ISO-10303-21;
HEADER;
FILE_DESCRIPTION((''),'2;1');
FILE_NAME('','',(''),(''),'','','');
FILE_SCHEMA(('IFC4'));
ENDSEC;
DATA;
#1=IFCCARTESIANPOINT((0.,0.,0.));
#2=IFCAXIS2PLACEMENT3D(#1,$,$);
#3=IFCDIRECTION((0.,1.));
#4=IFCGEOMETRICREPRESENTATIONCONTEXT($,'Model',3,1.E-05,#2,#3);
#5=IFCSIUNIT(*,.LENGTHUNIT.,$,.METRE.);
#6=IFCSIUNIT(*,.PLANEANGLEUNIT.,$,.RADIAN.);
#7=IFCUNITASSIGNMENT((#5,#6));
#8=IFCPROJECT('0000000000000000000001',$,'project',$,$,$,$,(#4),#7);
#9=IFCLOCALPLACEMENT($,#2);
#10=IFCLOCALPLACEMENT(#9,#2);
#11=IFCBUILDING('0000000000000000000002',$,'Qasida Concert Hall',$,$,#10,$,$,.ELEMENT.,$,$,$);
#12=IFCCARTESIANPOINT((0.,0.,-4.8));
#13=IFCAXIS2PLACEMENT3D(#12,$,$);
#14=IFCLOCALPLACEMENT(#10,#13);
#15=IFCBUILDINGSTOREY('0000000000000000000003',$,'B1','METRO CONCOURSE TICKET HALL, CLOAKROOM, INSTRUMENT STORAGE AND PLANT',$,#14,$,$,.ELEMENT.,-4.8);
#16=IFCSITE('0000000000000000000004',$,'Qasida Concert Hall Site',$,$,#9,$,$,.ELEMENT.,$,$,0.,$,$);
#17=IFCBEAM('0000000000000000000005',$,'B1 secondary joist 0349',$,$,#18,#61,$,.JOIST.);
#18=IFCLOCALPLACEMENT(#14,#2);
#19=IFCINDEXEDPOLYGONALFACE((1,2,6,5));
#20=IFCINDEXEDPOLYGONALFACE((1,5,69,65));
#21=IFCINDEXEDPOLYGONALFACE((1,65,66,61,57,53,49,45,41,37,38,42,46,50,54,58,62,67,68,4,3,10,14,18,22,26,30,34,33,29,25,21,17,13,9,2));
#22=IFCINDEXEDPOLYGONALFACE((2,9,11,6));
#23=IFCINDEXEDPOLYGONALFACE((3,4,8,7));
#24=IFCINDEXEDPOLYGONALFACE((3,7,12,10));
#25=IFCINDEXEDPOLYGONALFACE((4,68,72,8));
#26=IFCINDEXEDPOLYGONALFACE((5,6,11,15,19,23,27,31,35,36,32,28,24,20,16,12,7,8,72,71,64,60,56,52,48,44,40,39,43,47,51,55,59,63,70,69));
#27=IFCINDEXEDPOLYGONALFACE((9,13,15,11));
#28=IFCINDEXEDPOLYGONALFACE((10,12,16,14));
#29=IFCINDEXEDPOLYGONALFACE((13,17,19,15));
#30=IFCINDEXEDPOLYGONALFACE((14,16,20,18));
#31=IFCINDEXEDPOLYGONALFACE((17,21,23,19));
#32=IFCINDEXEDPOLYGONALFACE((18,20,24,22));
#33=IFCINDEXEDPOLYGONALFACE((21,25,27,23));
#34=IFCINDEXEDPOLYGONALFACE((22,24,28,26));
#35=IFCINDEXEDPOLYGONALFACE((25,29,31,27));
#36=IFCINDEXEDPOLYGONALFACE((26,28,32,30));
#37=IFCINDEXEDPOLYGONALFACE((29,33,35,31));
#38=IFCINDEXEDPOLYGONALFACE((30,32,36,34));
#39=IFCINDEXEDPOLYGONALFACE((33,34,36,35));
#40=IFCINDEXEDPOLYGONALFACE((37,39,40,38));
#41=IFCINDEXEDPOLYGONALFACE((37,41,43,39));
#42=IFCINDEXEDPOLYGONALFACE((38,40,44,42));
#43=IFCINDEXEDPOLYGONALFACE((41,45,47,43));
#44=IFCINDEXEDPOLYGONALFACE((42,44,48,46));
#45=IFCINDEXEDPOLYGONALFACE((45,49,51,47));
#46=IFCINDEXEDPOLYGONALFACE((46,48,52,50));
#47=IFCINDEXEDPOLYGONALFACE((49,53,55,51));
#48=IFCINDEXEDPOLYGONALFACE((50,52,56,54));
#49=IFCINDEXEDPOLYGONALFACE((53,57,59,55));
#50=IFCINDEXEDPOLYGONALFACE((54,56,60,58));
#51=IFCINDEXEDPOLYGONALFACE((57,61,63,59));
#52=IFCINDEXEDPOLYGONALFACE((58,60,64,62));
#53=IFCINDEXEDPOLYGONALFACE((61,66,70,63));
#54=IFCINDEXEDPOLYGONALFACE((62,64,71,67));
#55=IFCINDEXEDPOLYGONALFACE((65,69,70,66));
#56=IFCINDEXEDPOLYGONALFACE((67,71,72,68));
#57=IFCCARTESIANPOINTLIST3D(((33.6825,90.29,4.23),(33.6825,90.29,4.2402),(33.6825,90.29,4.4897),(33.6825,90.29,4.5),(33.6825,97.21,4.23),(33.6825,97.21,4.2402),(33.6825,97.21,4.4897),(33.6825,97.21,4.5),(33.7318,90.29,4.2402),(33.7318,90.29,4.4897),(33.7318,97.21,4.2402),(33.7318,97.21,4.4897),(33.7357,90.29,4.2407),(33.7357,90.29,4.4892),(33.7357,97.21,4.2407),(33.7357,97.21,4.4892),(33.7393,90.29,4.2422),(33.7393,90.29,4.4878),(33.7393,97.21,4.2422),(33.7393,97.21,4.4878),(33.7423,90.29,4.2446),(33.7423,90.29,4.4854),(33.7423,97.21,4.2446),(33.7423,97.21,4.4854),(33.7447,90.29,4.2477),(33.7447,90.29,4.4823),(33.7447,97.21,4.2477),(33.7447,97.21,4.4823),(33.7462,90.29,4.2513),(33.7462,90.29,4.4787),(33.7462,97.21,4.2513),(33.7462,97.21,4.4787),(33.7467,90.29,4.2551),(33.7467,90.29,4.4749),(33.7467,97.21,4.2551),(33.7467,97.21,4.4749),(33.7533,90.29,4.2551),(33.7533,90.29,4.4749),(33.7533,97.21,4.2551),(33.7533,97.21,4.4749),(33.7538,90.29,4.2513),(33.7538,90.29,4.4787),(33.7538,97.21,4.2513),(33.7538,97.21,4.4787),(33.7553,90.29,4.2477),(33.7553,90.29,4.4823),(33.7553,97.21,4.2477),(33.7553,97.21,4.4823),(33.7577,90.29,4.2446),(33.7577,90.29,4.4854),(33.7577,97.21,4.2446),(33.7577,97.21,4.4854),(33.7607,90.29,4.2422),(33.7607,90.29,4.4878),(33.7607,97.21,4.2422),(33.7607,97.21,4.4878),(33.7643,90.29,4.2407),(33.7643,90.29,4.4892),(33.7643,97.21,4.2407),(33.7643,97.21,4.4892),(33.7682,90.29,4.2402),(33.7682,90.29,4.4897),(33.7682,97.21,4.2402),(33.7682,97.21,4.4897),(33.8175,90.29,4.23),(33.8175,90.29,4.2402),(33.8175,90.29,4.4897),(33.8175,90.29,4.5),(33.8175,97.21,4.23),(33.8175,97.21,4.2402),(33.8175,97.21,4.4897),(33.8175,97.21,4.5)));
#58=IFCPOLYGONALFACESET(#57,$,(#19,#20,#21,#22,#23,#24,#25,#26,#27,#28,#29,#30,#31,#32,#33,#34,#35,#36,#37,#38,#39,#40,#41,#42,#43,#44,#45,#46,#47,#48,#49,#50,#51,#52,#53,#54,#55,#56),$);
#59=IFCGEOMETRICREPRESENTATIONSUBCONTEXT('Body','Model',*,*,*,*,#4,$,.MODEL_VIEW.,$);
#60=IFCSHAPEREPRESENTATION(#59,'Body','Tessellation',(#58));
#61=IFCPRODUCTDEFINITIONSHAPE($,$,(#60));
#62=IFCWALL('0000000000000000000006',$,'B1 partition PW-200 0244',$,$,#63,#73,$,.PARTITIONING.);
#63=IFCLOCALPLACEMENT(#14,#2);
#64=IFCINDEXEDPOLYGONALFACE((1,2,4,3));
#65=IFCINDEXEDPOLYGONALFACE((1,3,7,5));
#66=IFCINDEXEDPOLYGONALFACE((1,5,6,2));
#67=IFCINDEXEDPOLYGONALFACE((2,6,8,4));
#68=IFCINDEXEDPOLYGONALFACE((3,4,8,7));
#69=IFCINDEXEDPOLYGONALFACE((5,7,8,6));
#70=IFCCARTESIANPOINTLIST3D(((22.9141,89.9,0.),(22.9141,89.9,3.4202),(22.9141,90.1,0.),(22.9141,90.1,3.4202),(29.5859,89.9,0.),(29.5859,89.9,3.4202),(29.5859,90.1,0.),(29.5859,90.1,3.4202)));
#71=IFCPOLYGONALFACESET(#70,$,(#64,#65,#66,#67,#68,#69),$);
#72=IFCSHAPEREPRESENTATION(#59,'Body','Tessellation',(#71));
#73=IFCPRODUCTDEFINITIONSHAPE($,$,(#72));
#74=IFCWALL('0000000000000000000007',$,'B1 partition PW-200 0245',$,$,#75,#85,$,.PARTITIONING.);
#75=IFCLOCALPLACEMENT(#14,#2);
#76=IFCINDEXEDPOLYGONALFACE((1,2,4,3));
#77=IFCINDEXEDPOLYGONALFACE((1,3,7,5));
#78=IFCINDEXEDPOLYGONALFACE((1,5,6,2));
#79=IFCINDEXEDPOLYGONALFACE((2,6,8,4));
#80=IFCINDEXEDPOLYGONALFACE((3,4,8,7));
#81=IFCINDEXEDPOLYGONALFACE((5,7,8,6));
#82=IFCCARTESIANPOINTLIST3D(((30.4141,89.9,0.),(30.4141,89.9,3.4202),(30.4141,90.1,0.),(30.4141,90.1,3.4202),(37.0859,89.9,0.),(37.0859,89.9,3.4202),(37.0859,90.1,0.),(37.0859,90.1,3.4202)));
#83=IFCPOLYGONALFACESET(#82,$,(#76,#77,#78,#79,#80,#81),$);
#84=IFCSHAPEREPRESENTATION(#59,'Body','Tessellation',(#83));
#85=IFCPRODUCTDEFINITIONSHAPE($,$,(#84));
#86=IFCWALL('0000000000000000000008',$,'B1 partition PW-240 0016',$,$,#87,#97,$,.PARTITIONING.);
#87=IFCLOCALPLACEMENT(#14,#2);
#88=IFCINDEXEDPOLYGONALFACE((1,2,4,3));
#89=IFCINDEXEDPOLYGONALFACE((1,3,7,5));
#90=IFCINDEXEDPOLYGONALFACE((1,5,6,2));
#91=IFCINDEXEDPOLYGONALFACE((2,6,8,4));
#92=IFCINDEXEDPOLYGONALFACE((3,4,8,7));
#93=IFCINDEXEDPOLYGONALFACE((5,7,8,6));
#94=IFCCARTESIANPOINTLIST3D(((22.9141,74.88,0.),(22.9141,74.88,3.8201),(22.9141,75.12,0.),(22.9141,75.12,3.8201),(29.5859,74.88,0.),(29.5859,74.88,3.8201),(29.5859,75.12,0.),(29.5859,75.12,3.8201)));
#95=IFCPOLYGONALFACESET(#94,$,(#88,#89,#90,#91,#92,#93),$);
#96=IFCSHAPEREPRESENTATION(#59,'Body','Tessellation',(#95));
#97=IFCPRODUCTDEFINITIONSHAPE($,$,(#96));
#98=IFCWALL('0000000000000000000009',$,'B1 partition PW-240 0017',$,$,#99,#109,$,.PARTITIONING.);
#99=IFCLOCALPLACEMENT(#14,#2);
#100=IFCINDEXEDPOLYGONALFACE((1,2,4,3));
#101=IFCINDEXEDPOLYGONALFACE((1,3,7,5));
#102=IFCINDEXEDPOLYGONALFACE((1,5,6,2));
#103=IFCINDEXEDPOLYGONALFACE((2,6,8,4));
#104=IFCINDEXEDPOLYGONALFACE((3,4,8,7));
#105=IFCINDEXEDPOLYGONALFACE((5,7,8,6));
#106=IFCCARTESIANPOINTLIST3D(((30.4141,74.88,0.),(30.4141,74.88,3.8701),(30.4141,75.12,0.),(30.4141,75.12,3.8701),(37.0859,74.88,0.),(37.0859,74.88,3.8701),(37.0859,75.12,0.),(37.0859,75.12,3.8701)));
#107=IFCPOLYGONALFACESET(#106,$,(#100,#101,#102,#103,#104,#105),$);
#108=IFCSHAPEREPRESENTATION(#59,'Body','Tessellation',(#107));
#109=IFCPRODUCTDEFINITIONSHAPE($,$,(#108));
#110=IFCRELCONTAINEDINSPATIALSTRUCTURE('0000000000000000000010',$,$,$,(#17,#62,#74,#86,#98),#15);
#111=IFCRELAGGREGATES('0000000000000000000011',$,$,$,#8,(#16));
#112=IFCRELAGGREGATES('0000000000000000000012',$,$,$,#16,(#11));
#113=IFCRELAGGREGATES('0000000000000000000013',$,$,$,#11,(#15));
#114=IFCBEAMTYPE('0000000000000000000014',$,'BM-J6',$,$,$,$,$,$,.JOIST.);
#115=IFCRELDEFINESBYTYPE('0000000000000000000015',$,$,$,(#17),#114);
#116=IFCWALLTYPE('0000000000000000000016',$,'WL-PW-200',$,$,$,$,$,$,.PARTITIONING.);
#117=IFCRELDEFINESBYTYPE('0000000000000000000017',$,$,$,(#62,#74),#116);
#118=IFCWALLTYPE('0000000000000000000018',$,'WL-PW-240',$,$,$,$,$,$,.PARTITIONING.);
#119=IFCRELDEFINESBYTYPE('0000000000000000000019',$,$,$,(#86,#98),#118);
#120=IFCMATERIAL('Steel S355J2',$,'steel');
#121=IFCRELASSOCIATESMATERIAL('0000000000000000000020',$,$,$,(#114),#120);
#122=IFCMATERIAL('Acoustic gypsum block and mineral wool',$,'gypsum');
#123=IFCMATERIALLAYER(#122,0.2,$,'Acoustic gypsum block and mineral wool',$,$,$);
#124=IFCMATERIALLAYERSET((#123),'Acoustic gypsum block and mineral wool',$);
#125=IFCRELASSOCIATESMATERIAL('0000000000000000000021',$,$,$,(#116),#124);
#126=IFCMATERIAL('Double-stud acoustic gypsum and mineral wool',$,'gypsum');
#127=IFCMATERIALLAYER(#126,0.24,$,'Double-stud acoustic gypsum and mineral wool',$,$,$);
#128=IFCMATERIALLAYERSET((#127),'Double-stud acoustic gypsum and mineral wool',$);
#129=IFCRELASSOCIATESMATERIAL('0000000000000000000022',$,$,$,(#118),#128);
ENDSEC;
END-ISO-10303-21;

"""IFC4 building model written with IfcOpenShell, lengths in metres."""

from ifc_helpers import new_model, si_unit, direction, frame, frame_2d, origin, origin_2d, place, context, subcontext, project, spatial, rectangle, i_section, extrude, material, layer, layer_set, material_profile, profile_set, type_object, element, save


model = new_model("IFC4")

# Units and contexts
model_context = context("Model", 3, precision=1e-05, world=origin(), true_north=direction((0.0, 1.0)))
body_context = subcontext(model_context, "Body", "Model", "MODEL_VIEW")
ifc_project = project(units=[si_unit("LENGTHUNIT", "METRE"), si_unit("PLANEANGLEUNIT", "RADIAN")], contexts=[model_context])

# Site, building, storey
site_placement = place(None, origin())
site = spatial("IfcSite", under=ifc_project, at=site_placement, Name="Qasida Concert Hall Site", CompositionType="ELEMENT", RefElevation=0.0)
building_placement = place(site_placement, origin())
building = spatial("IfcBuilding", under=site, at=building_placement, Name="Qasida Concert Hall", CompositionType="ELEMENT")
storey_placement = place(building_placement, frame((0.0, 0.0, -4.8)))
storey = spatial("IfcBuildingStorey", under=building, at=storey_placement, Name="B1", Description="METRO CONCOURSE TICKET HALL, CLOAKROOM, INSTRUMENT STORAGE AND PLANT", CompositionType="ELEMENT", Elevation=-4.8)

# Beam
ifc_material_1 = material(Name="Steel S355J2", Category="steel")
ifc_material_profile_1 = material_profile(ifc_material_1, i_section(OverallWidth=0.135, OverallDepth=0.27, WebThickness=0.0066, FlangeThickness=0.0103, FilletRadius=0.0149, at=origin_2d()), Name="IPE 270")
ifc_profile_set_1 = profile_set([ifc_material_profile_1], Name="Steel S355J2")
beam_type_1 = type_object("IfcBeamType", Name="BM-J6", PredefinedType="JOIST", material=ifc_profile_set_1)
beam_1_placement = place(storey_placement, frame((33.75, 90.29, 4.365), z_axis=(0.0, 1.0, 0.0), x_axis=(-1.0, 0.0, 0.0)))
element("IfcBeam", 1, at=beam_1_placement, inside=storey, type_object=beam_type_1, Name="B1 secondary joist 0349", PredefinedType="JOIST", context=body_context, shape_type="SweptSolid", body=[
    extrude(i_section(OverallWidth=0.135, OverallDepth=0.27, WebThickness=0.0066, FlangeThickness=0.0103, FilletRadius=0.0149, at=origin_2d()), origin(), (0.0, 0.0, 1.0), 6.9199),
])

# Walls
ifc_material_2 = material(Name="Acoustic gypsum block and mineral wool", Category="gypsum")
ifc_layer_1 = layer(ifc_material_2, 0.2, Name="Acoustic gypsum block and mineral wool")
ifc_layer_set_1 = layer_set([ifc_layer_1], Name="Acoustic gypsum block and mineral wool")
wall_type_1 = type_object("IfcWallType", Name="WL-PW-200", PredefinedType="PARTITIONING", material=ifc_layer_set_1)
for number, where, z_axis, x_axis, name in (
    (2, (22.9141, 90.0, 0.0), (0.0, 0.0, 1.0), (1.0, 0.0, 0.0), "B1 partition PW-200 0244"),
    (3, (30.4141, 90.0, 0.0), (0.0, 0.0, 1.0), (1.0, 0.0, 0.0), "B1 partition PW-200 0245"),
):
    element("IfcWall", number, at=place(storey_placement, frame(where, z_axis=z_axis, x_axis=x_axis)), inside=storey, type_object=wall_type_1, Name=name, PredefinedType="PARTITIONING", context=body_context, shape_type="SweptSolid", body=[
        extrude(rectangle(XDim=6.6719, YDim=0.2, at=frame_2d((3.3359, 0.0))), origin(), (0.0, 0.0, 1.0), 3.4202),
    ])
ifc_material_3 = material(Name="Double-stud acoustic gypsum and mineral wool", Category="gypsum")
ifc_layer_2 = layer(ifc_material_3, 0.24, Name="Double-stud acoustic gypsum and mineral wool")
ifc_layer_set_2 = layer_set([ifc_layer_2], Name="Double-stud acoustic gypsum and mineral wool")
wall_type_2 = type_object("IfcWallType", Name="WL-PW-240", PredefinedType="PARTITIONING", material=ifc_layer_set_2)
wall_1_placement = place(storey_placement, frame((22.9141, 75.0, 0.0), z_axis=(0.0, 0.0, 1.0), x_axis=(1.0, 0.0, 0.0)))
element("IfcWall", 4, at=wall_1_placement, inside=storey, type_object=wall_type_2, Name="B1 partition PW-240 0016", PredefinedType="PARTITIONING", context=body_context, shape_type="SweptSolid", body=[
    extrude(rectangle(XDim=6.6719, YDim=0.24, at=frame_2d((3.3359, 0.0))), origin(), (0.0, 0.0, 1.0), 3.8201),
])
wall_2_placement = place(storey_placement, frame((30.4141, 75.0, 0.0), z_axis=(0.0, 0.0, 1.0), x_axis=(1.0, 0.0, 0.0)))
element("IfcWall", 5, at=wall_2_placement, inside=storey, type_object=wall_type_2, Name="B1 partition PW-240 0017", PredefinedType="PARTITIONING", context=body_context, shape_type="SweptSolid", body=[
    extrude(rectangle(XDim=6.6719, YDim=0.24, at=frame_2d((3.3359, 0.0))), origin(), (0.0, 0.0, 1.0), 3.8701),
])

save(model, "model.ifc")
